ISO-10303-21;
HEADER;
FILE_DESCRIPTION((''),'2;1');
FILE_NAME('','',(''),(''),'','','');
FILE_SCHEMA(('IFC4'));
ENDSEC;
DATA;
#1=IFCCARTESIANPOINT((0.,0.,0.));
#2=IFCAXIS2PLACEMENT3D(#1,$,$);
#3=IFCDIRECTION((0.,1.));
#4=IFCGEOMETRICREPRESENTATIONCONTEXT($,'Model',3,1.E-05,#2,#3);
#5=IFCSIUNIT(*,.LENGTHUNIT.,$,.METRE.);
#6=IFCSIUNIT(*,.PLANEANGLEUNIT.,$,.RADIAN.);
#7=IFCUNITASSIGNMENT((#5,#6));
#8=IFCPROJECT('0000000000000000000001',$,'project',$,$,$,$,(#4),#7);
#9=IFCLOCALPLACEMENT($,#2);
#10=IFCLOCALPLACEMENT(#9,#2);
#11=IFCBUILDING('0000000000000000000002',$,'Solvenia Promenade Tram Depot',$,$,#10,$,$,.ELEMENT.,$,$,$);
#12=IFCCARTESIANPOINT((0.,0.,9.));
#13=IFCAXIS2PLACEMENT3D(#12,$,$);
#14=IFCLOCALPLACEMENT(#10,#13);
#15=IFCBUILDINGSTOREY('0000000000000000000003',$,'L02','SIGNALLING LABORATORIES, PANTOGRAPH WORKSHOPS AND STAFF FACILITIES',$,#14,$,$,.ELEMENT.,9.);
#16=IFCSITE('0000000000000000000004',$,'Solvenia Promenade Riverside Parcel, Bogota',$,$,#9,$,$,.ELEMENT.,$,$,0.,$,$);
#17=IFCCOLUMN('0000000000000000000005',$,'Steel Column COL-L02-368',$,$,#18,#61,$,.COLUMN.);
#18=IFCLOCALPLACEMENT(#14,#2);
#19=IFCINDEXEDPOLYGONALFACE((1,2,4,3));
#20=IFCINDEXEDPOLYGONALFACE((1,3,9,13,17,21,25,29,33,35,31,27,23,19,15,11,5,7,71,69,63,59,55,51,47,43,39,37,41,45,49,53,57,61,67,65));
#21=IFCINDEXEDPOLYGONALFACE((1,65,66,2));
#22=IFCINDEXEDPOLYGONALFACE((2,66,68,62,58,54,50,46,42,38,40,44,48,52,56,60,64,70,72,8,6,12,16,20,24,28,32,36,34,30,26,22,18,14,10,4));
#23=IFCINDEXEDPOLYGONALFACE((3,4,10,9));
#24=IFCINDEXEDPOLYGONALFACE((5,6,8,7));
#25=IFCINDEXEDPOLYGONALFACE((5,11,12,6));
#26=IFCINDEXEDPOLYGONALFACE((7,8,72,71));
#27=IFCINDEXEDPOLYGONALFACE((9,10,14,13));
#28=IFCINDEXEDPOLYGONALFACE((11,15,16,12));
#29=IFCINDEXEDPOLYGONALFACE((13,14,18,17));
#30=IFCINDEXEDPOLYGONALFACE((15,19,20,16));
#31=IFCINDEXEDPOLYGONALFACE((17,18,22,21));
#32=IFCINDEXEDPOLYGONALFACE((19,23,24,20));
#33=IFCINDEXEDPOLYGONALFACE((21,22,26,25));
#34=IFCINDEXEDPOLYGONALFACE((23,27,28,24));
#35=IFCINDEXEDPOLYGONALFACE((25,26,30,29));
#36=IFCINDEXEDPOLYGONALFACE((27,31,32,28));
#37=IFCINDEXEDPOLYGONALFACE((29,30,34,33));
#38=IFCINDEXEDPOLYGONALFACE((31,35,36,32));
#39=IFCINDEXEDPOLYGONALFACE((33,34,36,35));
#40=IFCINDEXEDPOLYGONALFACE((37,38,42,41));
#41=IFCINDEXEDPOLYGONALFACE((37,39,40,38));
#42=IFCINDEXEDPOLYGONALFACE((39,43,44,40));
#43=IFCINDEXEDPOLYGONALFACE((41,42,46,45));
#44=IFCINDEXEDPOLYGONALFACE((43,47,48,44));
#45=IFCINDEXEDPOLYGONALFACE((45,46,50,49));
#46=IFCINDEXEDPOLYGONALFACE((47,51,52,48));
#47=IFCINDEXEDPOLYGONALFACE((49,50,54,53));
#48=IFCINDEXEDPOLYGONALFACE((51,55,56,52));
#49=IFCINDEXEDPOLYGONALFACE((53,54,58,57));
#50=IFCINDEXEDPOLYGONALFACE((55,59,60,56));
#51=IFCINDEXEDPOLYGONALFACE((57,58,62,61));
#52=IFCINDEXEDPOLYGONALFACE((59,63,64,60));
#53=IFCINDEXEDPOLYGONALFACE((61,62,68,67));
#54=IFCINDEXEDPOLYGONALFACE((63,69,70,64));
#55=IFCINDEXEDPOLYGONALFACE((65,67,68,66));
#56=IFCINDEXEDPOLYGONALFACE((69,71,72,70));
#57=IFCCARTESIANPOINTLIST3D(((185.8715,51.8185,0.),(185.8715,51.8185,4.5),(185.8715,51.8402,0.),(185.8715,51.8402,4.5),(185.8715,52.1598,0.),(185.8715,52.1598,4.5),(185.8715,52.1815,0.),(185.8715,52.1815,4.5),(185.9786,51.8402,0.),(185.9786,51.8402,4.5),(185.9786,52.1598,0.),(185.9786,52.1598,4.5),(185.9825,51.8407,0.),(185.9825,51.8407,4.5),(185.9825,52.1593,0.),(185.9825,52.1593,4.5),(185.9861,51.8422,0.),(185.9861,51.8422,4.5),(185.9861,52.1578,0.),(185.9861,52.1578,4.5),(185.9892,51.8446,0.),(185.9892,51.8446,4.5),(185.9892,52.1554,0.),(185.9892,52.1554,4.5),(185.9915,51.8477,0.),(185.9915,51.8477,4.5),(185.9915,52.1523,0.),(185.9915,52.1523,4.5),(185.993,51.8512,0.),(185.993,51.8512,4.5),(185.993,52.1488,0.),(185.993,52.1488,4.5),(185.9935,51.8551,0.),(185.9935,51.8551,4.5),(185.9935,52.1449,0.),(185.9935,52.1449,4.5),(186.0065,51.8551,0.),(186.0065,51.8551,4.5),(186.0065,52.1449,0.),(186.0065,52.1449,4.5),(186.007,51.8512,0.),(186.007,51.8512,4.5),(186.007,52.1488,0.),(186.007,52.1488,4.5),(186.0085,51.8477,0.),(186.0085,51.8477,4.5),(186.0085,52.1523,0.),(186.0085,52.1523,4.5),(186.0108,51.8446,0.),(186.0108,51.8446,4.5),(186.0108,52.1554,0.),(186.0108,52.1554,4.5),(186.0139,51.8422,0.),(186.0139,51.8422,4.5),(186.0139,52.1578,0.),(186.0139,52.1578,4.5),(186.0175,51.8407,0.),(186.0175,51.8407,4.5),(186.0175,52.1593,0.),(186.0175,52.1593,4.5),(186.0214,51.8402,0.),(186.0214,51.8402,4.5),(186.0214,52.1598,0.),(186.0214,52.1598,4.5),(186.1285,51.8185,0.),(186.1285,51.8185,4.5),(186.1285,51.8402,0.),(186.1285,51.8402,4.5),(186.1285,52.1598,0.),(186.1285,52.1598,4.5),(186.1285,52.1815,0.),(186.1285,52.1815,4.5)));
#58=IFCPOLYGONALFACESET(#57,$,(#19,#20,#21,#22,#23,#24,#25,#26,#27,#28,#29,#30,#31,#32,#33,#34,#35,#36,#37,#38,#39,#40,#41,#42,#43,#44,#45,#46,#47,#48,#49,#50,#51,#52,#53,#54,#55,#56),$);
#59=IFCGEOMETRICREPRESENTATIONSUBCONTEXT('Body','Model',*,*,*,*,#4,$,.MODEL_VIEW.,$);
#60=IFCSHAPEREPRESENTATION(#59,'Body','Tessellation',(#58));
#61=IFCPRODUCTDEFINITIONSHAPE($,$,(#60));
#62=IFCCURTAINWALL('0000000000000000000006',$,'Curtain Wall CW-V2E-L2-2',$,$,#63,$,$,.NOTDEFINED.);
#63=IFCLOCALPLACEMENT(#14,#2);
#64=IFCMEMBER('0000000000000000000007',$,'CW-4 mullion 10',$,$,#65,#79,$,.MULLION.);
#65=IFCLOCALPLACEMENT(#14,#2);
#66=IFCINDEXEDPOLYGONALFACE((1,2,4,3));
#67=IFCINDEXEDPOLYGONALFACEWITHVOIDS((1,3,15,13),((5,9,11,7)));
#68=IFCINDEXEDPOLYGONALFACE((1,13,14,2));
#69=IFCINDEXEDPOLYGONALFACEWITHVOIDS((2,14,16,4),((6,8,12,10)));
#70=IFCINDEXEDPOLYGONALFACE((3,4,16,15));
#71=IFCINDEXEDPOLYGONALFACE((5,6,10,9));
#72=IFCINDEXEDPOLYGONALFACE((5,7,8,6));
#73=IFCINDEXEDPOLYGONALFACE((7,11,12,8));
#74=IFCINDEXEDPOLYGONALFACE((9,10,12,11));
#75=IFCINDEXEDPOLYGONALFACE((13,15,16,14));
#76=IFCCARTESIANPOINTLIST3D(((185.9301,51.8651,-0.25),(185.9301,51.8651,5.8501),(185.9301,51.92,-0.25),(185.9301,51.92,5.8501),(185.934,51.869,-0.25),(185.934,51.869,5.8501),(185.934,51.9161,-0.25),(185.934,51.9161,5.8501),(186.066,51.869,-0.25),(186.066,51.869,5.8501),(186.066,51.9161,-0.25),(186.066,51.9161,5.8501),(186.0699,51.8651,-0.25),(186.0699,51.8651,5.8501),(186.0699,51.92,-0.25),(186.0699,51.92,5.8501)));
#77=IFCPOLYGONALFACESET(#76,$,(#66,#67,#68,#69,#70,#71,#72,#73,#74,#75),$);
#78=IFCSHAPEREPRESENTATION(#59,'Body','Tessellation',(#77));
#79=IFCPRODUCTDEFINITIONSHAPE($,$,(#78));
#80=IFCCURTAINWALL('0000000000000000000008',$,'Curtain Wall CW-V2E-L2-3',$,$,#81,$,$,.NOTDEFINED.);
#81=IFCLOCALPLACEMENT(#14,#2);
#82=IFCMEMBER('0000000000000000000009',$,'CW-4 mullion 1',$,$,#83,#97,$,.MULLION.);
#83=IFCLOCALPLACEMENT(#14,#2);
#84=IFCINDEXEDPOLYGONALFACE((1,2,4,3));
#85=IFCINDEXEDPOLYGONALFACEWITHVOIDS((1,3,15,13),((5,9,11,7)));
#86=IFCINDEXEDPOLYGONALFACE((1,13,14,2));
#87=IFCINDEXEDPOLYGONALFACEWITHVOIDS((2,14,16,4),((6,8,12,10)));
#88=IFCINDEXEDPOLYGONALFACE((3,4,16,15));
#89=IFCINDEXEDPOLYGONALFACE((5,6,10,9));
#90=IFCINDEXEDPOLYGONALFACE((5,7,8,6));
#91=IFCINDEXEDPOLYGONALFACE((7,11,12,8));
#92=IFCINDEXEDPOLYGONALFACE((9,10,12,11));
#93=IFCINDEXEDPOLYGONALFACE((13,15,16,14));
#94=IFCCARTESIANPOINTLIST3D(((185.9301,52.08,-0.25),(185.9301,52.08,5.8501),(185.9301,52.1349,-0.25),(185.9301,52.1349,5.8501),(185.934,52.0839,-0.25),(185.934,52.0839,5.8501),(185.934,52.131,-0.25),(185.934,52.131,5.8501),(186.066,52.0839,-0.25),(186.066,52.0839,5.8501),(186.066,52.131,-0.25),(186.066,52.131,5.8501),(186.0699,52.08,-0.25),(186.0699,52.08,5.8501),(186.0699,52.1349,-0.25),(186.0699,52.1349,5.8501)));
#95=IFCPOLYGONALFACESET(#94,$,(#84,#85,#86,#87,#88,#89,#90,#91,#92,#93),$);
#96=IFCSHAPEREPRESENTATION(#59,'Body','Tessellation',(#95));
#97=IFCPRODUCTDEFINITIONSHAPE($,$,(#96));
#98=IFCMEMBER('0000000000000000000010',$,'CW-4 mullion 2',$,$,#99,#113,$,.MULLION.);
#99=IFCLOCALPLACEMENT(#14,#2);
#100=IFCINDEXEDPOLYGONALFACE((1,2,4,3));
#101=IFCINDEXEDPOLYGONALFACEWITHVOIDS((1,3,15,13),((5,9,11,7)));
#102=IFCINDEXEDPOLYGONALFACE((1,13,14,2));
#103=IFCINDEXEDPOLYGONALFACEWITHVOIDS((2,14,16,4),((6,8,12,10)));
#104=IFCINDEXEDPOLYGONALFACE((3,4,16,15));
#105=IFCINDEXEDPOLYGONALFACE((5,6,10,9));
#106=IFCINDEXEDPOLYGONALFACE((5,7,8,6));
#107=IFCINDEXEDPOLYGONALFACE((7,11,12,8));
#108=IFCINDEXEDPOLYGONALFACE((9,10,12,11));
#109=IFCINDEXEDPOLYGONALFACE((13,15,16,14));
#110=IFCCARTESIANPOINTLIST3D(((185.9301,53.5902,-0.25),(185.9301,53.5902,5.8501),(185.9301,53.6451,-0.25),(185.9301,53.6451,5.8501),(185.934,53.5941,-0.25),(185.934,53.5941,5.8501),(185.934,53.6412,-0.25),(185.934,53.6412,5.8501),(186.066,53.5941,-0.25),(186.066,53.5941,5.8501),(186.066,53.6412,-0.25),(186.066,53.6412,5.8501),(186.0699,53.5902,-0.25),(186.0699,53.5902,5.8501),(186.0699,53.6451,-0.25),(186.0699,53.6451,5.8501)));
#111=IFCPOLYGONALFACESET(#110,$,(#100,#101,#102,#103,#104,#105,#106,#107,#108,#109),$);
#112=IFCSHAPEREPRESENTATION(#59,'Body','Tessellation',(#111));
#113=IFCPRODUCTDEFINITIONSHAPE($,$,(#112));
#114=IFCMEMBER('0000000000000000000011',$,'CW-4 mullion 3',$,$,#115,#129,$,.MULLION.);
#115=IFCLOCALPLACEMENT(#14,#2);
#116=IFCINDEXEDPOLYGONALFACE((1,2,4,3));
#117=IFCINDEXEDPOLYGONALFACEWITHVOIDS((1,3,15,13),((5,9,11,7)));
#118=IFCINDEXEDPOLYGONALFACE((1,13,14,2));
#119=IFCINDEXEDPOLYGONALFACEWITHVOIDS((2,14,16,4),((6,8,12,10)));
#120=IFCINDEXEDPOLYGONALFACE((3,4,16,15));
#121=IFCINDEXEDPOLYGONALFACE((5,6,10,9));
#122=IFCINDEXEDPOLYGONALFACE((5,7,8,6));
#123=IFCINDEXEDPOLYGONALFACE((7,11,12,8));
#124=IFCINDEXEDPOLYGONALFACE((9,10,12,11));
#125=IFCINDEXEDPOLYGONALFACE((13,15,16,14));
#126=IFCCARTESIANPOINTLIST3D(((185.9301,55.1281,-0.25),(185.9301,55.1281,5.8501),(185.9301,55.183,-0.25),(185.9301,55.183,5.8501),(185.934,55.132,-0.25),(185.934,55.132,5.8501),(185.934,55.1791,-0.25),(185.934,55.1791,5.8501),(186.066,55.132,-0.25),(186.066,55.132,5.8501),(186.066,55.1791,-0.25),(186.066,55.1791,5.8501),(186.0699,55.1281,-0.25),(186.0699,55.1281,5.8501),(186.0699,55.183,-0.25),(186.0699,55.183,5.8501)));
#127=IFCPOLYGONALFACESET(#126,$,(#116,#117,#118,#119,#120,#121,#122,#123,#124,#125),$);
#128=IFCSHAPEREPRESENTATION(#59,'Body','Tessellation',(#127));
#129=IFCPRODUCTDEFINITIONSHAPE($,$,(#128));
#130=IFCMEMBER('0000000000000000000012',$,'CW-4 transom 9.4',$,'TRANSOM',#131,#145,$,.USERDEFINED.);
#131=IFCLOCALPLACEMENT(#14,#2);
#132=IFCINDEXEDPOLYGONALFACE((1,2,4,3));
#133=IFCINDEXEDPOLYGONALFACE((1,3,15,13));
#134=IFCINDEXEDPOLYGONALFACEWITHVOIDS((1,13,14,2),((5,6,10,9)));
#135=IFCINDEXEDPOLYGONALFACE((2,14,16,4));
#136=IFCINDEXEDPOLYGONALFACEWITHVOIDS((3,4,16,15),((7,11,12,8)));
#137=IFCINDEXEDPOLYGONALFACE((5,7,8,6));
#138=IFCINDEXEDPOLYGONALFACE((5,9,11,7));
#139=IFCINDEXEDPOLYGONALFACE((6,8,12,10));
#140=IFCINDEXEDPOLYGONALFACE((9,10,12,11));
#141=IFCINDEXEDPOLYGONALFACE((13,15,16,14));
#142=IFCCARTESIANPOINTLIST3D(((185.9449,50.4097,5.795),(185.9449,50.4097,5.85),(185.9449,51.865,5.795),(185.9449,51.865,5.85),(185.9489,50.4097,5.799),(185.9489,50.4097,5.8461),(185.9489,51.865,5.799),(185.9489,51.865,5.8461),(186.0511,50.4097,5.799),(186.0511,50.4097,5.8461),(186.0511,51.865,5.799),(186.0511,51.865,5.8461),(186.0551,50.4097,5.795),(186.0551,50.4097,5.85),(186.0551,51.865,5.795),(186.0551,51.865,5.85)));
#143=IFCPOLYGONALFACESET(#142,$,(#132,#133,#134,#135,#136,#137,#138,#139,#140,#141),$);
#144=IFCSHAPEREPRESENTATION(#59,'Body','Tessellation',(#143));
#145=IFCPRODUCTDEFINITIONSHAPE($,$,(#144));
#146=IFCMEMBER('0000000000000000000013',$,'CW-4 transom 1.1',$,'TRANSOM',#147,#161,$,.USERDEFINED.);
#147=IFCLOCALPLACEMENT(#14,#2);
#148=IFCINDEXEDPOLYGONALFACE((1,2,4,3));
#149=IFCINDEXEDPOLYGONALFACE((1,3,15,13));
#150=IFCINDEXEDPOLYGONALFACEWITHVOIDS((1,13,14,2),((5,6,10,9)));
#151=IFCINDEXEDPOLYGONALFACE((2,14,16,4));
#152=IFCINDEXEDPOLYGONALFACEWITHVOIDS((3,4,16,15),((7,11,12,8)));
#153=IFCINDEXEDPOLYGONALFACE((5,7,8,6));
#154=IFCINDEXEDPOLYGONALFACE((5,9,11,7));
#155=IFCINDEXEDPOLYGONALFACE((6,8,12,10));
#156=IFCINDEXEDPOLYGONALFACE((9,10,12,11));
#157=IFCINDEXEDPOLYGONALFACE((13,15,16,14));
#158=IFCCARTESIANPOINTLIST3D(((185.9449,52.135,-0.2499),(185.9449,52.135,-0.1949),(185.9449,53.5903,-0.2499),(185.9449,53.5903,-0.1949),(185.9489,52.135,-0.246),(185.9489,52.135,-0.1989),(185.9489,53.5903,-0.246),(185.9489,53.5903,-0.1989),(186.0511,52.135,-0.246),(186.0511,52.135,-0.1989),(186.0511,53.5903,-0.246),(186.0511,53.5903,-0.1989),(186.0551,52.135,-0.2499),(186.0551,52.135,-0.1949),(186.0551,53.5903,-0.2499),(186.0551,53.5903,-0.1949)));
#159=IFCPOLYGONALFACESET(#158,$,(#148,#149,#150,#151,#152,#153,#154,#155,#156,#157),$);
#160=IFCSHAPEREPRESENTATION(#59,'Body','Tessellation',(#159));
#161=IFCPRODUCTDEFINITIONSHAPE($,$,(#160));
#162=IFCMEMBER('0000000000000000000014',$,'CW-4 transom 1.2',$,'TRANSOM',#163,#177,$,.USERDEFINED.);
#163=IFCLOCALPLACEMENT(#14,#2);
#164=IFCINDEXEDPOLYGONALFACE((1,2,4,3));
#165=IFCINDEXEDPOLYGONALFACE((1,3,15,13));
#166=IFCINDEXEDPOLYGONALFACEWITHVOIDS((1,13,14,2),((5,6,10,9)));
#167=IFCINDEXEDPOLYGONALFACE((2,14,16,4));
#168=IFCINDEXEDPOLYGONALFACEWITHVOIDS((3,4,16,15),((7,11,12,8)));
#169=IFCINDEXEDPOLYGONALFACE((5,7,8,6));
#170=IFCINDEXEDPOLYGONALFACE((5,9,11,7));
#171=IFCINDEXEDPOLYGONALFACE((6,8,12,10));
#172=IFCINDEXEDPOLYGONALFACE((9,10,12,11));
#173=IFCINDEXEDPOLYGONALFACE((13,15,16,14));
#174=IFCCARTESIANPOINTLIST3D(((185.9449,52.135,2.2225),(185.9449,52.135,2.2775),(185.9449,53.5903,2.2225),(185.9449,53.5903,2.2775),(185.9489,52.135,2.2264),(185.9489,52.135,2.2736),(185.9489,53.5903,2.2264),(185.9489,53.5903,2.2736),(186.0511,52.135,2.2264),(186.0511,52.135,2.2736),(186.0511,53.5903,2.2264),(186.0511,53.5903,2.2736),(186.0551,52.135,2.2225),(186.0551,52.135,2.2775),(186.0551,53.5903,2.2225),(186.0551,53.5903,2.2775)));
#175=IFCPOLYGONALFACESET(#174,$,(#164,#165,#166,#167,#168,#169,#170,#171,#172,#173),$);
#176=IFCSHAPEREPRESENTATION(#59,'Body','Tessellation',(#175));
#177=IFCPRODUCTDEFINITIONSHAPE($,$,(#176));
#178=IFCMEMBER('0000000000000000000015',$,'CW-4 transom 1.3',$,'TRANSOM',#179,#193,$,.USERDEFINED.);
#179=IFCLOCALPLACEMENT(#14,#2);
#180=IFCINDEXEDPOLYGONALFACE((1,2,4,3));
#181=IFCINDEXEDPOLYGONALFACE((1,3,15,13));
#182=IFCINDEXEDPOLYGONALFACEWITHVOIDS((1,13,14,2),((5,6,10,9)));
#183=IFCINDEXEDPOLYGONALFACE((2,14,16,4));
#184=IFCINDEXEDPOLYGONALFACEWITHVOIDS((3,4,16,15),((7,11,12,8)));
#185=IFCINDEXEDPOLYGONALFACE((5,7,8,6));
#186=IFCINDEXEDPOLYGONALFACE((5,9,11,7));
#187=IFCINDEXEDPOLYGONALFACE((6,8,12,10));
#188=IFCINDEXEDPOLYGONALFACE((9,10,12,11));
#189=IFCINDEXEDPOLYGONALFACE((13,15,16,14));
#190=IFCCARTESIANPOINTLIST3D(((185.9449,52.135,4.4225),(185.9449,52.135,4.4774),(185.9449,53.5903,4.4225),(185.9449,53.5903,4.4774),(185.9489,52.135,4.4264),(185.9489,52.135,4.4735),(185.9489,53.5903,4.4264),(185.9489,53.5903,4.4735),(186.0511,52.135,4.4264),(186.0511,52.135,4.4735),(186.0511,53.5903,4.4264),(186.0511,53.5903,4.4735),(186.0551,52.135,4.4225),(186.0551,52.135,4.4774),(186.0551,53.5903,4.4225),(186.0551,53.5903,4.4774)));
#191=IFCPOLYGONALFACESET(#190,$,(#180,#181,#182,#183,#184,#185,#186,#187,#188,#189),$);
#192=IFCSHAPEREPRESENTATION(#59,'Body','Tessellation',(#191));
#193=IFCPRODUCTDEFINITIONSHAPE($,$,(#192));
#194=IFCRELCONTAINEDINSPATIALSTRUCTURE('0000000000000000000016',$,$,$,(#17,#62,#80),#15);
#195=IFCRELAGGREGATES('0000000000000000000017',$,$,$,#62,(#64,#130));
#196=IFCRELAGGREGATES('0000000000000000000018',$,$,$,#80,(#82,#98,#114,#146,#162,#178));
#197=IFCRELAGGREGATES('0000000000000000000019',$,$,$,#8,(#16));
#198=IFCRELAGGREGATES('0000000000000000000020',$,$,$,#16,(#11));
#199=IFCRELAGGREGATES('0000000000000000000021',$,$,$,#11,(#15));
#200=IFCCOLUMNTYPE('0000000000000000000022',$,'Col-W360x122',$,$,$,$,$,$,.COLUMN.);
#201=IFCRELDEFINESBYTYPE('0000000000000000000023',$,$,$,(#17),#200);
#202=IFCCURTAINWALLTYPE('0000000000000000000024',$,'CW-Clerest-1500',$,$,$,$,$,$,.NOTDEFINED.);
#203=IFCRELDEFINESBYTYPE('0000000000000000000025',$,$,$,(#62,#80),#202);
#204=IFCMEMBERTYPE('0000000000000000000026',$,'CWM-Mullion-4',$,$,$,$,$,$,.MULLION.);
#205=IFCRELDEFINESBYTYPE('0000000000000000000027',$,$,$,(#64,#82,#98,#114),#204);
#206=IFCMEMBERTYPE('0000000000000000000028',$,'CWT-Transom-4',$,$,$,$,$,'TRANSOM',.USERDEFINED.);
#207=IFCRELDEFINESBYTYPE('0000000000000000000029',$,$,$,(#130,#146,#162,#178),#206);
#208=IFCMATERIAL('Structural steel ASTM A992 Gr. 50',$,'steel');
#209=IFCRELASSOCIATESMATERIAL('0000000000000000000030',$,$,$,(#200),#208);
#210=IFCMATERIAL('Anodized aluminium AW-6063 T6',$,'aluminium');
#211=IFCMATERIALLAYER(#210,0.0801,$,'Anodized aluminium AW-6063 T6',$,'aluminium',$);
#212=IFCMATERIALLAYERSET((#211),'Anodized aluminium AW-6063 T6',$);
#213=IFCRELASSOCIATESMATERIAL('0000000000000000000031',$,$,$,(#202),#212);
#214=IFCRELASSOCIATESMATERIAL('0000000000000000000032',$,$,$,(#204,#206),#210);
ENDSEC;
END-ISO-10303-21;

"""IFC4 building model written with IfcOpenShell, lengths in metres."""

from ifc_helpers import new_model, si_unit, direction, frame, origin, origin_2d, place, context, subcontext, project, spatial, hollow_rectangle, i_section, extrude, material, layer, layer_set, material_profile, profile_set, type_object, element, aggregate, save


model = new_model("IFC4")

# Units and contexts
model_context = context("Model", 3, precision=1e-05, world=origin(), true_north=direction((0.0, 1.0)))
body_context = subcontext(model_context, "Body", "Model", "MODEL_VIEW")
ifc_project = project(units=[si_unit("LENGTHUNIT", "METRE"), si_unit("PLANEANGLEUNIT", "RADIAN")], contexts=[model_context])

# Site, building, storey
site_placement = place(None, origin())
site = spatial("IfcSite", under=ifc_project, at=site_placement, Name="Solvenia Promenade Riverside Parcel, Bogota", CompositionType="ELEMENT", RefElevation=0.0)
building_placement = place(site_placement, origin())
building = spatial("IfcBuilding", under=site, at=building_placement, Name="Solvenia Promenade Tram Depot", CompositionType="ELEMENT")
storey_placement = place(building_placement, frame((0.0, 0.0, 9.0)))
storey = spatial("IfcBuildingStorey", under=building, at=storey_placement, Name="L02", Description="SIGNALLING LABORATORIES, PANTOGRAPH WORKSHOPS AND STAFF FACILITIES", CompositionType="ELEMENT", Elevation=9.0)

# Column
ifc_material_1 = material(Name="Structural steel ASTM A992 Gr. 50", Category="steel")
ifc_material_profile_1 = material_profile(ifc_material_1, i_section(OverallWidth=0.2571, OverallDepth=0.363, WebThickness=0.0129, FlangeThickness=0.0217, FilletRadius=0.0149, at=origin_2d()), Name="W360x122", Category="steel")
ifc_profile_set_1 = profile_set([ifc_material_profile_1], Name="Structural steel ASTM A992 Gr. 50")
column_type = type_object("IfcColumnType", Name="Col-W360x122", PredefinedType="COLUMN", material=ifc_profile_set_1)
column_placement = place(storey_placement, frame((186.0, 52.0, 0.0), z_axis=(0.0, 0.0, 1.0), x_axis=(1.0, 0.0, 0.0)))
element("IfcColumn", 1, at=column_placement, inside=storey, type_object=column_type, Name="Steel Column COL-L02-368", PredefinedType="COLUMN", context=body_context, shape_type="SweptSolid", body=[
    extrude(i_section(OverallWidth=0.2571, OverallDepth=0.363, WebThickness=0.0129, FlangeThickness=0.0217, FilletRadius=0.0149, at=origin_2d()), origin(), (0.0, 0.0, 1.0), 4.5),
])

# Curtain wall, member
ifc_material_2 = material(Name="Anodized aluminium AW-6063 T6", Category="aluminium")
ifc_layer_1 = layer(ifc_material_2, 0.0801, Name="Anodized aluminium AW-6063 T6", Category="aluminium")
ifc_layer_set_1 = layer_set([ifc_layer_1], Name="Anodized aluminium AW-6063 T6")
curtain_wall_type = type_object("IfcCurtainWallType", Name="CW-Clerest-1500", PredefinedType="NOTDEFINED", material=ifc_layer_set_1)
curtain_wall_1_placement = place(storey_placement, origin())
curtain_wall_1 = element("IfcCurtainWall", 2, at=curtain_wall_1_placement, inside=storey, type_object=curtain_wall_type, Name="Curtain Wall CW-V2E-L2-2", PredefinedType="NOTDEFINED")
ifc_material_profile_2 = material_profile(ifc_material_2, hollow_rectangle(XDim=0.1399, YDim=0.0549, WallThickness=0.0039, at=origin_2d()), Name="ALU-M4", Category="aluminium")
ifc_profile_set_2 = profile_set([ifc_material_profile_2], Name="Anodized aluminium AW-6063 T6")
member_type_1 = type_object("IfcMemberType", Name="CWM-Mullion-4", PredefinedType="MULLION", material=ifc_profile_set_2)
member_1_placement = place(storey_placement, frame((186.0, 51.8926, -0.25), z_axis=(0.0, 0.0, 1.0), x_axis=(-1.0, 0.0, 0.0)))
member_1 = element("IfcMember", 3, at=member_1_placement, type_object=member_type_1, Name="CW-4 mullion 10", PredefinedType="MULLION", context=body_context, shape_type="SweptSolid", body=[
    extrude(hollow_rectangle(XDim=0.1399, YDim=0.0549, WallThickness=0.0039, at=origin_2d()), origin(), (0.0, 0.0, 1.0), 6.1001),
])

# Curtain wall, members
curtain_wall_2_placement = place(storey_placement, origin())
curtain_wall_2 = element("IfcCurtainWall", 4, at=curtain_wall_2_placement, inside=storey, type_object=curtain_wall_type, Name="Curtain Wall CW-V2E-L2-3", PredefinedType="NOTDEFINED")
member_2_placement = place(storey_placement, frame((186.0, 52.1074, -0.25), z_axis=(0.0, 0.0, 1.0), x_axis=(-1.0, 0.0, 0.0)))
member_2 = element("IfcMember", 5, at=member_2_placement, type_object=member_type_1, Name="CW-4 mullion 1", PredefinedType="MULLION", context=body_context, shape_type="SweptSolid", body=[
    extrude(hollow_rectangle(XDim=0.1399, YDim=0.0549, WallThickness=0.0039, at=origin_2d()), origin(), (0.0, 0.0, 1.0), 6.1001),
])
member_3_placement = place(storey_placement, frame((186.0, 53.6177, -0.25), z_axis=(0.0, 0.0, 1.0), x_axis=(-1.0, 0.0, 0.0)))
member_3 = element("IfcMember", 6, at=member_3_placement, type_object=member_type_1, Name="CW-4 mullion 2", PredefinedType="MULLION", context=body_context, shape_type="SweptSolid", body=[
    extrude(hollow_rectangle(XDim=0.1399, YDim=0.0549, WallThickness=0.0039, at=origin_2d()), origin(), (0.0, 0.0, 1.0), 6.1001),
])
member_4_placement = place(storey_placement, frame((186.0, 55.1555, -0.25), z_axis=(0.0, 0.0, 1.0), x_axis=(-1.0, 0.0, 0.0)))
member_4 = element("IfcMember", 7, at=member_4_placement, type_object=member_type_1, Name="CW-4 mullion 3", PredefinedType="MULLION", context=body_context, shape_type="SweptSolid", body=[
    extrude(hollow_rectangle(XDim=0.1399, YDim=0.0549, WallThickness=0.0039, at=origin_2d()), origin(), (0.0, 0.0, 1.0), 6.1001),
])

# Members
ifc_material_profile_3 = material_profile(ifc_material_2, hollow_rectangle(XDim=0.1101, YDim=0.0549, WallThickness=0.0039, at=origin_2d()), Name="ALU-T4", Category="aluminium")
ifc_profile_set_3 = profile_set([ifc_material_profile_3], Name="Anodized aluminium AW-6063 T6")
member_type_2 = type_object("IfcMemberType", Name="CWT-Transom-4", ElementType="TRANSOM", PredefinedType="USERDEFINED", material=ifc_profile_set_3)
member_5_placement = place(storey_placement, frame((186.0, 50.4097, 5.8225), z_axis=(0.0, 1.0, 0.0), x_axis=(-1.0, 0.0, 0.0)))
member_5 = element("IfcMember", 8, at=member_5_placement, type_object=member_type_2, Name="CW-4 transom 9.4", ObjectType="TRANSOM", PredefinedType="USERDEFINED", context=body_context, shape_type="SweptSolid", body=[
    extrude(hollow_rectangle(XDim=0.1101, YDim=0.0549, WallThickness=0.0039, at=origin_2d()), origin(), (0.0, 0.0, 1.0), 1.4553),
])
member_6_placement = place(storey_placement, frame((186.0, 52.135, -0.2224), z_axis=(0.0, 1.0, 0.0), x_axis=(-1.0, 0.0, 0.0)))
member_6 = element("IfcMember", 9, at=member_6_placement, type_object=member_type_2, Name="CW-4 transom 1.1", ObjectType="TRANSOM", PredefinedType="USERDEFINED", context=body_context, shape_type="SweptSolid", body=[
    extrude(hollow_rectangle(XDim=0.1101, YDim=0.0549, WallThickness=0.0039, at=origin_2d()), origin(), (0.0, 0.0, 1.0), 1.4553),
])
member_7_placement = place(storey_placement, frame((186.0, 52.135, 2.25), z_axis=(0.0, 1.0, 0.0), x_axis=(-1.0, 0.0, 0.0)))
member_7 = element("IfcMember", 10, at=member_7_placement, type_object=member_type_2, Name="CW-4 transom 1.2", ObjectType="TRANSOM", PredefinedType="USERDEFINED", context=body_context, shape_type="SweptSolid", body=[
    extrude(hollow_rectangle(XDim=0.1101, YDim=0.0549, WallThickness=0.0039, at=origin_2d()), origin(), (0.0, 0.0, 1.0), 1.4553),
])
member_8_placement = place(storey_placement, frame((186.0, 52.135, 4.45), z_axis=(0.0, 1.0, 0.0), x_axis=(-1.0, 0.0, 0.0)))
member_8 = element("IfcMember", 11, at=member_8_placement, type_object=member_type_2, Name="CW-4 transom 1.3", ObjectType="TRANSOM", PredefinedType="USERDEFINED", context=body_context, shape_type="SweptSolid", body=[
    extrude(hollow_rectangle(XDim=0.1101, YDim=0.0549, WallThickness=0.0039, at=origin_2d()), origin(), (0.0, 0.0, 1.0), 1.4553),
])

aggregate(curtain_wall_1, [member_1, member_5])
aggregate(curtain_wall_2, [member_2, member_3, member_4, member_6, member_7, member_8])

save(model, "model.ifc")
